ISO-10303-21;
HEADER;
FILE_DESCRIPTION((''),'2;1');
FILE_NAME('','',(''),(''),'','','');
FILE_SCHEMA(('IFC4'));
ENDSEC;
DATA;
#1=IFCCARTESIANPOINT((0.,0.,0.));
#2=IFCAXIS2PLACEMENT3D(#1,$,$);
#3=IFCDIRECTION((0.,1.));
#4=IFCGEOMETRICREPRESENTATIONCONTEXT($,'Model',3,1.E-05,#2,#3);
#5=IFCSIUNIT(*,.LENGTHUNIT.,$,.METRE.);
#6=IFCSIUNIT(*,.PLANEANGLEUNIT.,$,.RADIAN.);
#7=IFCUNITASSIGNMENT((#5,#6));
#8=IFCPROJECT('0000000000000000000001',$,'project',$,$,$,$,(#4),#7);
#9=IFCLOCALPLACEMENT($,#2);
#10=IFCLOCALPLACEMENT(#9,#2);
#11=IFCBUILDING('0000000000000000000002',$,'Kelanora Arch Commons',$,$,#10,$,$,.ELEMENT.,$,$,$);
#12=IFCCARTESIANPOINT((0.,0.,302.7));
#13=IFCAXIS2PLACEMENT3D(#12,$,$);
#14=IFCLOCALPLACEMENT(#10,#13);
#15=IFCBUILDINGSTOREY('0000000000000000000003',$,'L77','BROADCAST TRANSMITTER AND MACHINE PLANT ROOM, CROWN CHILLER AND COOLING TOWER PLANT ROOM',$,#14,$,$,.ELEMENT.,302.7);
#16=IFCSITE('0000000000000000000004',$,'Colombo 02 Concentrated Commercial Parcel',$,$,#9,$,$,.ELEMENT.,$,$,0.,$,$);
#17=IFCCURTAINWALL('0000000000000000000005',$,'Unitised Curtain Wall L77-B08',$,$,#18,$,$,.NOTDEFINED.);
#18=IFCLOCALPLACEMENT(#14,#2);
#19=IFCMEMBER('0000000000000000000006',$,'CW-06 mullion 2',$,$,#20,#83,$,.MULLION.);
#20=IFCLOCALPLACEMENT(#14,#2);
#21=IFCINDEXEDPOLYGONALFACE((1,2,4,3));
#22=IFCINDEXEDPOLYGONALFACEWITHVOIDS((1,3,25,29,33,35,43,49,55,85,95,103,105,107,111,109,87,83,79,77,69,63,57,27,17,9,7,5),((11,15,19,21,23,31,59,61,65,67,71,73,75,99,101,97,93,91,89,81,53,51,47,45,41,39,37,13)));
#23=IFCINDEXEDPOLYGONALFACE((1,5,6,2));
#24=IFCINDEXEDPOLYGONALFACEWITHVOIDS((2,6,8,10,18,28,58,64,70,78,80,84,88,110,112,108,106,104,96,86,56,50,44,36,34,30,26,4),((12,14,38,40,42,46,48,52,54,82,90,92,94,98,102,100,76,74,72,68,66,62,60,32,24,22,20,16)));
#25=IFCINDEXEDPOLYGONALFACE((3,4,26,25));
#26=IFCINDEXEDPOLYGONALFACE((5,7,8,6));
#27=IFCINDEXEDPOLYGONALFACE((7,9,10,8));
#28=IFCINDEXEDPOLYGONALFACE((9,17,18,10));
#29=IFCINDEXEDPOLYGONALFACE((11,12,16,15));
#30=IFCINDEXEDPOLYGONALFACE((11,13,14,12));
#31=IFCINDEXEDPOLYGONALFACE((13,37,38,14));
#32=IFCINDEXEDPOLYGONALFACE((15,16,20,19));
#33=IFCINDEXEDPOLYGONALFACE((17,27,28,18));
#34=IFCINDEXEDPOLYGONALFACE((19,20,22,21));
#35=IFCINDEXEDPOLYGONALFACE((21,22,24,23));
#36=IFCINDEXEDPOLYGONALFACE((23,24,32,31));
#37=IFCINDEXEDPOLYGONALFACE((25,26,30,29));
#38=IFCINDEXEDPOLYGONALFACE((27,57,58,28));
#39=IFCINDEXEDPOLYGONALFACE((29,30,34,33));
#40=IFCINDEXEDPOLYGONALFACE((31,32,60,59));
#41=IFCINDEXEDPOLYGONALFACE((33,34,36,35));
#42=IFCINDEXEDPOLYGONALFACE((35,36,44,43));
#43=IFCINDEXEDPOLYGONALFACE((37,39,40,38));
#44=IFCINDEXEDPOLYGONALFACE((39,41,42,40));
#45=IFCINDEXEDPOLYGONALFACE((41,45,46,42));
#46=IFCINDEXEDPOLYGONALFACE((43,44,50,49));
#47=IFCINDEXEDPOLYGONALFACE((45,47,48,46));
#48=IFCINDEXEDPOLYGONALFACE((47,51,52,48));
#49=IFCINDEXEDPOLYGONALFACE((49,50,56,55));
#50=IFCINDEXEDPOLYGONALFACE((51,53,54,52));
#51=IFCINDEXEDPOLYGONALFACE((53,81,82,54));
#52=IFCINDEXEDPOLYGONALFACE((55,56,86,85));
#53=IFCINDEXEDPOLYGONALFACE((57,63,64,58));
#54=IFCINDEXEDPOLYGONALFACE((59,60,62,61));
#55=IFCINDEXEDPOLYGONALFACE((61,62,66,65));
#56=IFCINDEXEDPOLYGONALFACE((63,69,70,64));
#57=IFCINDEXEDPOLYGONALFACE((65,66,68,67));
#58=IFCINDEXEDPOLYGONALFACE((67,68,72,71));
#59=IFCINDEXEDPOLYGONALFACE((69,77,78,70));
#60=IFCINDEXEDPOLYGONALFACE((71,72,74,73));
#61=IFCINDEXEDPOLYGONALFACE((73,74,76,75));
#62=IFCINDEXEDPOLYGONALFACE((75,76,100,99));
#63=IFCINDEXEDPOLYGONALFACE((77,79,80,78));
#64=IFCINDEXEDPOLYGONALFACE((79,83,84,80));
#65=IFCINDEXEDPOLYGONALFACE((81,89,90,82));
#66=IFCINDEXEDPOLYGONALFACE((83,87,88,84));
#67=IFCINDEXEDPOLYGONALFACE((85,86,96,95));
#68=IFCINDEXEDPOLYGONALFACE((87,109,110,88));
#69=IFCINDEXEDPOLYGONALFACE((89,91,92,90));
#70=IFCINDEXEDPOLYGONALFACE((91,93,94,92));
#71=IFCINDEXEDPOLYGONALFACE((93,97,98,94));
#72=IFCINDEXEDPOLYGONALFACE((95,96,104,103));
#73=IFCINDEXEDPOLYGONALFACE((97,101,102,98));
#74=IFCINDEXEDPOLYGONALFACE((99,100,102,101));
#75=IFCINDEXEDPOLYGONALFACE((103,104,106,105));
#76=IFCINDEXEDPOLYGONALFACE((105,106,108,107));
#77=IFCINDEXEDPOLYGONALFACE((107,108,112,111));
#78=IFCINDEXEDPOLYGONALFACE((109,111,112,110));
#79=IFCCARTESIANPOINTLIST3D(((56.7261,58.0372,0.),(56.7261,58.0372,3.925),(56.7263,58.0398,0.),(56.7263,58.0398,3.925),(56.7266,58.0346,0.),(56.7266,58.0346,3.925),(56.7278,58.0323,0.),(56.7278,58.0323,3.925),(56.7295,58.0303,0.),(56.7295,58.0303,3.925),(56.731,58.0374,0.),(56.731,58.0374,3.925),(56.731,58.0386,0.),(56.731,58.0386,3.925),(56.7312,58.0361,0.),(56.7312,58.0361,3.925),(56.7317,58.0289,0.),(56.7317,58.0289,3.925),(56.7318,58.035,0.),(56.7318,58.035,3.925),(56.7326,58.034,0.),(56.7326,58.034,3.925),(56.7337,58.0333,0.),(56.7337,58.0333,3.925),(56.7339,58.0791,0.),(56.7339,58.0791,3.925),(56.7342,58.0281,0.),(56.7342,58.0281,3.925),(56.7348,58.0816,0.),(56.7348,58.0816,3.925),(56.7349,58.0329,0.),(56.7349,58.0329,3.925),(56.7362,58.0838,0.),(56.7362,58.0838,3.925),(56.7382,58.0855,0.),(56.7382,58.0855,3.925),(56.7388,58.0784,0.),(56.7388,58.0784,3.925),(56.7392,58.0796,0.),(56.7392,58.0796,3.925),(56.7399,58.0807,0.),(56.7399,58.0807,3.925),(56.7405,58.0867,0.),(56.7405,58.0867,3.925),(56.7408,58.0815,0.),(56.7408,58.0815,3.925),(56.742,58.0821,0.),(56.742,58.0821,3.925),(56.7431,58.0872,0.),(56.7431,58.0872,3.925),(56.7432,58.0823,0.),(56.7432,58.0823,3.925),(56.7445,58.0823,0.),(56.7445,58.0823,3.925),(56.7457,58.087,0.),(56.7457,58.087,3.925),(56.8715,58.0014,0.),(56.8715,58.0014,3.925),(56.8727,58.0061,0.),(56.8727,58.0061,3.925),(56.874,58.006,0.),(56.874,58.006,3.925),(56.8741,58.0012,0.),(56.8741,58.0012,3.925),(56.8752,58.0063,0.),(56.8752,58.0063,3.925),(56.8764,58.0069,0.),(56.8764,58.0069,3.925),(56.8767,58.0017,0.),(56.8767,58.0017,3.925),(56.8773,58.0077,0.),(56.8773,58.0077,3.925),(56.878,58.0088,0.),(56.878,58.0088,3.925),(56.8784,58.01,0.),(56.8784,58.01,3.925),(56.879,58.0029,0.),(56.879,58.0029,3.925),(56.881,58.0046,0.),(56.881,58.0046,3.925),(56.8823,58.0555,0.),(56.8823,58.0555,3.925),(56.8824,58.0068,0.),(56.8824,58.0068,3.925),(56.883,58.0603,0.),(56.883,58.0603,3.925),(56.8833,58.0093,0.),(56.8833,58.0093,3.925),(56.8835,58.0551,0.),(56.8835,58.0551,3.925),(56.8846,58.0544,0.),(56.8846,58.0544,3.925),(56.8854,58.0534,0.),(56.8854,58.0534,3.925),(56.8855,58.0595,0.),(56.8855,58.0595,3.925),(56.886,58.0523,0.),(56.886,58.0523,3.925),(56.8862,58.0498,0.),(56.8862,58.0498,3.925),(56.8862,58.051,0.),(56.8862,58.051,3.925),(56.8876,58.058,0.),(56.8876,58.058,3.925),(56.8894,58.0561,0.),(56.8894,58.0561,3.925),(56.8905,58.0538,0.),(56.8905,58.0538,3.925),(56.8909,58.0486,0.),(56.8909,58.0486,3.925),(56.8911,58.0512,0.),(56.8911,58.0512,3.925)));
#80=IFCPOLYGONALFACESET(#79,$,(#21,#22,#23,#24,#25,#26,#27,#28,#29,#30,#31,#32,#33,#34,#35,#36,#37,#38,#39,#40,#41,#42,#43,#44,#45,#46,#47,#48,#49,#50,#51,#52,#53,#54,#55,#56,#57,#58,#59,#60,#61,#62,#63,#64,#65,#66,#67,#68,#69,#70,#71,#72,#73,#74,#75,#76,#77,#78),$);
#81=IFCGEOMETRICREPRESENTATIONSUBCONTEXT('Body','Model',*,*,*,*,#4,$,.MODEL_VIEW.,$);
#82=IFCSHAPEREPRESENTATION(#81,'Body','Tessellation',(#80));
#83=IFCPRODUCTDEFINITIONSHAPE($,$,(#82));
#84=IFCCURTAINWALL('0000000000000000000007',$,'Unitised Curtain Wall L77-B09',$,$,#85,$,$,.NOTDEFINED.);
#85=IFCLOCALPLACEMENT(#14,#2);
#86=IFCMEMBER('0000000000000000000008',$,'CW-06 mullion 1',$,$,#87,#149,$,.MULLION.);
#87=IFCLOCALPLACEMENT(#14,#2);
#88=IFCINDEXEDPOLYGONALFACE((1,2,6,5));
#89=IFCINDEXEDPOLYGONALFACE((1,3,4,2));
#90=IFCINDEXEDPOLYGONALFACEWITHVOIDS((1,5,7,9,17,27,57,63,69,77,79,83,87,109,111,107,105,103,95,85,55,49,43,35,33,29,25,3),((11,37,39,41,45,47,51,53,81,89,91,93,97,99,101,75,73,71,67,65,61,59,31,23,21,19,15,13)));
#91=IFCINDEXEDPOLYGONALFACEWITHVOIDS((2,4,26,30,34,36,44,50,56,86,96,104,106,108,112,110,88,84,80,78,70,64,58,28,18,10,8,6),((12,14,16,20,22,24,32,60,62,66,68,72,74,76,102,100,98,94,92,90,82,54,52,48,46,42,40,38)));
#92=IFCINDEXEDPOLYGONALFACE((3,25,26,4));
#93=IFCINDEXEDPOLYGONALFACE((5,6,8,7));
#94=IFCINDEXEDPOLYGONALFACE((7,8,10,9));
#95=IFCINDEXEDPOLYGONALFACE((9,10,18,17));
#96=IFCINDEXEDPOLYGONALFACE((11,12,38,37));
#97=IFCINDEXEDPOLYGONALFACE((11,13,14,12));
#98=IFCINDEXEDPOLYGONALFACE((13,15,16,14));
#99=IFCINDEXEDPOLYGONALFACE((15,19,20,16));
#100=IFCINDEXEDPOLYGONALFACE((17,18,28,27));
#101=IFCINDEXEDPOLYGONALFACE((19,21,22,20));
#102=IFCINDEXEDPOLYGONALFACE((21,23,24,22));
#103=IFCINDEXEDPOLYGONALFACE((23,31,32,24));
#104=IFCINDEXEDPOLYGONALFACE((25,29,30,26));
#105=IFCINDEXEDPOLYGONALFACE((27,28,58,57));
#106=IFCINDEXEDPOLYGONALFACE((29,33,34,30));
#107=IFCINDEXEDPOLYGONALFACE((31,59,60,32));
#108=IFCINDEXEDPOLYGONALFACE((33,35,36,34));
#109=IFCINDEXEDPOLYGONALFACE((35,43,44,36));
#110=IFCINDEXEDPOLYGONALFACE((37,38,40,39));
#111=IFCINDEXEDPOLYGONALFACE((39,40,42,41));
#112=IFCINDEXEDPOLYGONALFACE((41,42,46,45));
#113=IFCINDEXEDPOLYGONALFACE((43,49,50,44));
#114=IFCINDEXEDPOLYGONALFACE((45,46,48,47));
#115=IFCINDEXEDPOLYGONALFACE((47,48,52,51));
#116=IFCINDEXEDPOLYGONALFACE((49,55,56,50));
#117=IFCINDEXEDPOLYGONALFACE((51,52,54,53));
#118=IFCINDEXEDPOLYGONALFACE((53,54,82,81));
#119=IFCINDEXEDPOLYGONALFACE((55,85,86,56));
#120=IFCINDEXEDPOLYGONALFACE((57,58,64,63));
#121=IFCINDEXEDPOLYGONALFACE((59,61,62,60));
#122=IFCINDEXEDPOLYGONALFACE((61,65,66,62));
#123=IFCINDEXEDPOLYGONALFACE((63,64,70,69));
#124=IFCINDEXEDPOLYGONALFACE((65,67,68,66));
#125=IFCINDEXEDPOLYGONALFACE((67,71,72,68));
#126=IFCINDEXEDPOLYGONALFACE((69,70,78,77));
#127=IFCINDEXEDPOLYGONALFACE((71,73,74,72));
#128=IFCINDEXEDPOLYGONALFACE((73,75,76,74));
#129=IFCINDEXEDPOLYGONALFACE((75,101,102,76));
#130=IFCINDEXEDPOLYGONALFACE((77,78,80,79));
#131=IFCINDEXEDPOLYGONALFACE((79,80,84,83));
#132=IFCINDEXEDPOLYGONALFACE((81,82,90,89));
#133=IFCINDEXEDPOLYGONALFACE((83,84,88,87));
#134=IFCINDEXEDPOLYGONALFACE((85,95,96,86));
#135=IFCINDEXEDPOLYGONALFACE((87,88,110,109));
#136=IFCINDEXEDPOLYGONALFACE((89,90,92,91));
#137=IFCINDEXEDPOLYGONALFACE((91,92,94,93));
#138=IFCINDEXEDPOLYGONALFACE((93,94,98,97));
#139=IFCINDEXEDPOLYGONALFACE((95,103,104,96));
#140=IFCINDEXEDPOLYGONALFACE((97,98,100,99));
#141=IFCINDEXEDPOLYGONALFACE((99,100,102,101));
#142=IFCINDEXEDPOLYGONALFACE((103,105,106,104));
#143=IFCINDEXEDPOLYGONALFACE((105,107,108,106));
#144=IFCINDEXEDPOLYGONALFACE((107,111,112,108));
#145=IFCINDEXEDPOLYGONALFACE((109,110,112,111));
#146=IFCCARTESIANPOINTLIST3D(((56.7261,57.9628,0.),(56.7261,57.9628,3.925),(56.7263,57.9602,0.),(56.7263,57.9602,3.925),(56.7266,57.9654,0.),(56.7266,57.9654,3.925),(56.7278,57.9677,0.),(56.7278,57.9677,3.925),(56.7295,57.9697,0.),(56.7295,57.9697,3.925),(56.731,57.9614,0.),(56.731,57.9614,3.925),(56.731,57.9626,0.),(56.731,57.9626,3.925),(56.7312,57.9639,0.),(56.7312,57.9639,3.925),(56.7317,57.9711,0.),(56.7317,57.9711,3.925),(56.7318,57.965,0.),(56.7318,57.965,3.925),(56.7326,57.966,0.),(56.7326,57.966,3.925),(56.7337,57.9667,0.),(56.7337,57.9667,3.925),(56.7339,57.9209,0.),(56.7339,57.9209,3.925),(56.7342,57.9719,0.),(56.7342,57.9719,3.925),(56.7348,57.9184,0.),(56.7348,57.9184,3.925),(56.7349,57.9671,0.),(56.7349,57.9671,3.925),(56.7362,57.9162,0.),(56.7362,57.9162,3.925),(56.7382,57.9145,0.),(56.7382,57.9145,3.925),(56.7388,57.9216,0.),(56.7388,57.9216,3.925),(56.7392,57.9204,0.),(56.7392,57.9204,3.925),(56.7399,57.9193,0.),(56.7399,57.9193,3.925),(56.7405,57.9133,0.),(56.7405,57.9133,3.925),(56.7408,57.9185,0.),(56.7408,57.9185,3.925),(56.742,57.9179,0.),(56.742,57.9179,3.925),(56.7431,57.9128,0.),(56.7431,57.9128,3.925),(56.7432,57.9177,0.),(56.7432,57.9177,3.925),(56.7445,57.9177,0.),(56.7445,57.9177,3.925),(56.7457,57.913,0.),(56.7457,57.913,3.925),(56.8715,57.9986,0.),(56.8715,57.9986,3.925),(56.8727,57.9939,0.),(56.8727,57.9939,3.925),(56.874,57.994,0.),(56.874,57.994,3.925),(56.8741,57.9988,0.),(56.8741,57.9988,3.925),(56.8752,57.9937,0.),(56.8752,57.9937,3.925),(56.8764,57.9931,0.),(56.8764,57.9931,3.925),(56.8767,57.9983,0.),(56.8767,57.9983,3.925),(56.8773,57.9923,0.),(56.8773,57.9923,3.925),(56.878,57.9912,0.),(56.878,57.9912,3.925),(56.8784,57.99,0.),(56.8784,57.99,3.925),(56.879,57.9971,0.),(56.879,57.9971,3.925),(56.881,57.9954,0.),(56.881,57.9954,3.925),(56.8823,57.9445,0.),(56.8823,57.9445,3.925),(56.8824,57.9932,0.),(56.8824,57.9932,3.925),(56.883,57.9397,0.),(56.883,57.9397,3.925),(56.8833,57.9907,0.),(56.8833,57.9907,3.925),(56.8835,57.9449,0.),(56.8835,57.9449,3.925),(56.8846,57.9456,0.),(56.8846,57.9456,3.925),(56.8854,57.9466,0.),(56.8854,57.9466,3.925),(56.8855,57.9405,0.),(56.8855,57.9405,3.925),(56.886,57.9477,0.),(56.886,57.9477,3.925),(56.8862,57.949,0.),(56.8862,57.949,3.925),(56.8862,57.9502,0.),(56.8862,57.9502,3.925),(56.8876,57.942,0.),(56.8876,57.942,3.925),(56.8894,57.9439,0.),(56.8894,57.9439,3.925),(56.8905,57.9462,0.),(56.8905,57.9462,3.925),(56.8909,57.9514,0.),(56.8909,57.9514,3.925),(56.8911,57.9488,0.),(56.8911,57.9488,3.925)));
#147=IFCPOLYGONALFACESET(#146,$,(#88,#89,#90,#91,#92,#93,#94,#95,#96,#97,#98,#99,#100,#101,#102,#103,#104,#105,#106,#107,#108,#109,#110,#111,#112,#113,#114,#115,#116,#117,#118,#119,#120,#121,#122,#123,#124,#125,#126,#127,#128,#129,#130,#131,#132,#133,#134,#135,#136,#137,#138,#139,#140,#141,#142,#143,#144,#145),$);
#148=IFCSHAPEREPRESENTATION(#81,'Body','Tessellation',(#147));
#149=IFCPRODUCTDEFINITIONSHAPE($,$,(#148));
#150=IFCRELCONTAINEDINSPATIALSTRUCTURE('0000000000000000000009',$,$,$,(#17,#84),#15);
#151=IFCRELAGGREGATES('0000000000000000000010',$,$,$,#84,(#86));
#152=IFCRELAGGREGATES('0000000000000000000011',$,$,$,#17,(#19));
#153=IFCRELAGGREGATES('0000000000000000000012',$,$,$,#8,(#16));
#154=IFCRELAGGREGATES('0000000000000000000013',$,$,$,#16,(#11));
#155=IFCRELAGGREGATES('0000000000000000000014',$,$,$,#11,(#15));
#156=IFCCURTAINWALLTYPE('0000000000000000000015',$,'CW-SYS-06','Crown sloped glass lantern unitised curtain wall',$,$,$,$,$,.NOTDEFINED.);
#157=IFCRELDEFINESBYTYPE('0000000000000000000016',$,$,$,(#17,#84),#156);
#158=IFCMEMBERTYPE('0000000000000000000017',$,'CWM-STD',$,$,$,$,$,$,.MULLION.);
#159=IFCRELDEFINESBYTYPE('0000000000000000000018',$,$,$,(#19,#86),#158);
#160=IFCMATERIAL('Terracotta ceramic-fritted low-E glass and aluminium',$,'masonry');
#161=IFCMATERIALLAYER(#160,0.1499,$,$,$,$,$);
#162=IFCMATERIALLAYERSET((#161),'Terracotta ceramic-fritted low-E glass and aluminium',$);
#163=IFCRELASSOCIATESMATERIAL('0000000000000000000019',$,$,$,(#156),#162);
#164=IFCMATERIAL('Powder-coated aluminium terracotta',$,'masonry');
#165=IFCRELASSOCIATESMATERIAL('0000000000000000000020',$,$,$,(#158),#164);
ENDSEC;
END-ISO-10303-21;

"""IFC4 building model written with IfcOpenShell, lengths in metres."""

from ifc_helpers import new_model, si_unit, direction, frame, origin, origin_2d, place, context, subcontext, project, spatial, hollow_rectangle, extrude, material, layer, layer_set, material_profile, profile_set, type_object, element, aggregate, save


model = new_model("IFC4")

# Units and contexts
model_context = context("Model", 3, precision=1e-05, world=origin(), true_north=direction((0.0, 1.0)))
body_context = subcontext(model_context, "Body", "Model", "MODEL_VIEW")
ifc_project = project(units=[si_unit("LENGTHUNIT", "METRE"), si_unit("PLANEANGLEUNIT", "RADIAN")], contexts=[model_context])

# Site, building, storey
site_placement = place(None, origin())
site = spatial("IfcSite", under=ifc_project, at=site_placement, Name="Colombo 02 Concentrated Commercial Parcel", CompositionType="ELEMENT", RefElevation=0.0)
building_placement = place(site_placement, origin())
building = spatial("IfcBuilding", under=site, at=building_placement, Name="Kelanora Arch Commons", CompositionType="ELEMENT")
storey_placement = place(building_placement, frame((0.0, 0.0, 302.7)))
storey = spatial("IfcBuildingStorey", under=building, at=storey_placement, Name="L77", Description="BROADCAST TRANSMITTER AND MACHINE PLANT ROOM, CROWN CHILLER AND COOLING TOWER PLANT ROOM", CompositionType="ELEMENT", Elevation=302.7)

# Shared definitions
ifc_material_1 = material(Name="Terracotta ceramic-fritted low-E glass and aluminium", Category="masonry")
ifc_layer_1 = layer(ifc_material_1, 0.1499)
ifc_layer_set_1 = layer_set([ifc_layer_1], Name="Terracotta ceramic-fritted low-E glass and aluminium")
curtain_wall_type = type_object("IfcCurtainWallType", Name="CW-SYS-06", Description="Crown sloped glass lantern unitised curtain wall", PredefinedType="NOTDEFINED", material=ifc_layer_set_1)
ifc_material_2 = material(Name="Powder-coated aluminium terracotta", Category="masonry")
ifc_material_profile_1 = material_profile(ifc_material_2, hollow_rectangle(XDim=0.1599, YDim=0.0601, WallThickness=0.0049, InnerFilletRadius=0.0049, OuterFilletRadius=0.01, at=origin_2d()), Name="CWM160x60")
ifc_profile_set_1 = profile_set([ifc_material_profile_1], Name="Powder-coated aluminium terracotta")
member_type_1 = type_object("IfcMemberType", Name="CWM-STD", PredefinedType="MULLION", material=ifc_profile_set_1)

# Curtain wall, member
curtain_wall_1_placement = place(storey_placement, origin())
curtain_wall_1 = element("IfcCurtainWall", 1, at=curtain_wall_1_placement, inside=storey, type_object=curtain_wall_type, Name="Unitised Curtain Wall L77-B08", PredefinedType="NOTDEFINED")
member_1_placement = place(storey_placement, frame((56.8086, 58.0442, 0.0), z_axis=(0.0, 0.0, 1.0), x_axis=(0.981624, -0.190827, 0.0)))
member_1 = element("IfcMember", 2, at=member_1_placement, type_object=member_type_1, Name="CW-06 mullion 2", PredefinedType="MULLION", context=body_context, shape_type="SweptSolid", body=[
    extrude(hollow_rectangle(XDim=0.1599, YDim=0.0601, WallThickness=0.0049, InnerFilletRadius=0.0049, OuterFilletRadius=0.01, at=origin_2d()), origin(), (0.0, 0.0, 1.0), 3.925),
])

# Curtain wall, member
curtain_wall_2_placement = place(storey_placement, origin())
curtain_wall_2 = element("IfcCurtainWall", 3, at=curtain_wall_2_placement, inside=storey, type_object=curtain_wall_type, Name="Unitised Curtain Wall L77-B09", PredefinedType="NOTDEFINED")
member_2_placement = place(storey_placement, frame((56.8086, 57.9558, 0.0), z_axis=(0.0, 0.0, 1.0), x_axis=(0.981624, 0.190827, 0.0)))
member_2 = element("IfcMember", 4, at=member_2_placement, type_object=member_type_1, Name="CW-06 mullion 1", PredefinedType="MULLION", context=body_context, shape_type="SweptSolid", body=[
    extrude(hollow_rectangle(XDim=0.1599, YDim=0.0601, WallThickness=0.0049, InnerFilletRadius=0.0049, OuterFilletRadius=0.01, at=origin_2d()), origin(), (0.0, 0.0, 1.0), 3.925),
])

aggregate(curtain_wall_2, [member_2])

aggregate(curtain_wall_1, [member_1])

save(model, "model.ifc")
